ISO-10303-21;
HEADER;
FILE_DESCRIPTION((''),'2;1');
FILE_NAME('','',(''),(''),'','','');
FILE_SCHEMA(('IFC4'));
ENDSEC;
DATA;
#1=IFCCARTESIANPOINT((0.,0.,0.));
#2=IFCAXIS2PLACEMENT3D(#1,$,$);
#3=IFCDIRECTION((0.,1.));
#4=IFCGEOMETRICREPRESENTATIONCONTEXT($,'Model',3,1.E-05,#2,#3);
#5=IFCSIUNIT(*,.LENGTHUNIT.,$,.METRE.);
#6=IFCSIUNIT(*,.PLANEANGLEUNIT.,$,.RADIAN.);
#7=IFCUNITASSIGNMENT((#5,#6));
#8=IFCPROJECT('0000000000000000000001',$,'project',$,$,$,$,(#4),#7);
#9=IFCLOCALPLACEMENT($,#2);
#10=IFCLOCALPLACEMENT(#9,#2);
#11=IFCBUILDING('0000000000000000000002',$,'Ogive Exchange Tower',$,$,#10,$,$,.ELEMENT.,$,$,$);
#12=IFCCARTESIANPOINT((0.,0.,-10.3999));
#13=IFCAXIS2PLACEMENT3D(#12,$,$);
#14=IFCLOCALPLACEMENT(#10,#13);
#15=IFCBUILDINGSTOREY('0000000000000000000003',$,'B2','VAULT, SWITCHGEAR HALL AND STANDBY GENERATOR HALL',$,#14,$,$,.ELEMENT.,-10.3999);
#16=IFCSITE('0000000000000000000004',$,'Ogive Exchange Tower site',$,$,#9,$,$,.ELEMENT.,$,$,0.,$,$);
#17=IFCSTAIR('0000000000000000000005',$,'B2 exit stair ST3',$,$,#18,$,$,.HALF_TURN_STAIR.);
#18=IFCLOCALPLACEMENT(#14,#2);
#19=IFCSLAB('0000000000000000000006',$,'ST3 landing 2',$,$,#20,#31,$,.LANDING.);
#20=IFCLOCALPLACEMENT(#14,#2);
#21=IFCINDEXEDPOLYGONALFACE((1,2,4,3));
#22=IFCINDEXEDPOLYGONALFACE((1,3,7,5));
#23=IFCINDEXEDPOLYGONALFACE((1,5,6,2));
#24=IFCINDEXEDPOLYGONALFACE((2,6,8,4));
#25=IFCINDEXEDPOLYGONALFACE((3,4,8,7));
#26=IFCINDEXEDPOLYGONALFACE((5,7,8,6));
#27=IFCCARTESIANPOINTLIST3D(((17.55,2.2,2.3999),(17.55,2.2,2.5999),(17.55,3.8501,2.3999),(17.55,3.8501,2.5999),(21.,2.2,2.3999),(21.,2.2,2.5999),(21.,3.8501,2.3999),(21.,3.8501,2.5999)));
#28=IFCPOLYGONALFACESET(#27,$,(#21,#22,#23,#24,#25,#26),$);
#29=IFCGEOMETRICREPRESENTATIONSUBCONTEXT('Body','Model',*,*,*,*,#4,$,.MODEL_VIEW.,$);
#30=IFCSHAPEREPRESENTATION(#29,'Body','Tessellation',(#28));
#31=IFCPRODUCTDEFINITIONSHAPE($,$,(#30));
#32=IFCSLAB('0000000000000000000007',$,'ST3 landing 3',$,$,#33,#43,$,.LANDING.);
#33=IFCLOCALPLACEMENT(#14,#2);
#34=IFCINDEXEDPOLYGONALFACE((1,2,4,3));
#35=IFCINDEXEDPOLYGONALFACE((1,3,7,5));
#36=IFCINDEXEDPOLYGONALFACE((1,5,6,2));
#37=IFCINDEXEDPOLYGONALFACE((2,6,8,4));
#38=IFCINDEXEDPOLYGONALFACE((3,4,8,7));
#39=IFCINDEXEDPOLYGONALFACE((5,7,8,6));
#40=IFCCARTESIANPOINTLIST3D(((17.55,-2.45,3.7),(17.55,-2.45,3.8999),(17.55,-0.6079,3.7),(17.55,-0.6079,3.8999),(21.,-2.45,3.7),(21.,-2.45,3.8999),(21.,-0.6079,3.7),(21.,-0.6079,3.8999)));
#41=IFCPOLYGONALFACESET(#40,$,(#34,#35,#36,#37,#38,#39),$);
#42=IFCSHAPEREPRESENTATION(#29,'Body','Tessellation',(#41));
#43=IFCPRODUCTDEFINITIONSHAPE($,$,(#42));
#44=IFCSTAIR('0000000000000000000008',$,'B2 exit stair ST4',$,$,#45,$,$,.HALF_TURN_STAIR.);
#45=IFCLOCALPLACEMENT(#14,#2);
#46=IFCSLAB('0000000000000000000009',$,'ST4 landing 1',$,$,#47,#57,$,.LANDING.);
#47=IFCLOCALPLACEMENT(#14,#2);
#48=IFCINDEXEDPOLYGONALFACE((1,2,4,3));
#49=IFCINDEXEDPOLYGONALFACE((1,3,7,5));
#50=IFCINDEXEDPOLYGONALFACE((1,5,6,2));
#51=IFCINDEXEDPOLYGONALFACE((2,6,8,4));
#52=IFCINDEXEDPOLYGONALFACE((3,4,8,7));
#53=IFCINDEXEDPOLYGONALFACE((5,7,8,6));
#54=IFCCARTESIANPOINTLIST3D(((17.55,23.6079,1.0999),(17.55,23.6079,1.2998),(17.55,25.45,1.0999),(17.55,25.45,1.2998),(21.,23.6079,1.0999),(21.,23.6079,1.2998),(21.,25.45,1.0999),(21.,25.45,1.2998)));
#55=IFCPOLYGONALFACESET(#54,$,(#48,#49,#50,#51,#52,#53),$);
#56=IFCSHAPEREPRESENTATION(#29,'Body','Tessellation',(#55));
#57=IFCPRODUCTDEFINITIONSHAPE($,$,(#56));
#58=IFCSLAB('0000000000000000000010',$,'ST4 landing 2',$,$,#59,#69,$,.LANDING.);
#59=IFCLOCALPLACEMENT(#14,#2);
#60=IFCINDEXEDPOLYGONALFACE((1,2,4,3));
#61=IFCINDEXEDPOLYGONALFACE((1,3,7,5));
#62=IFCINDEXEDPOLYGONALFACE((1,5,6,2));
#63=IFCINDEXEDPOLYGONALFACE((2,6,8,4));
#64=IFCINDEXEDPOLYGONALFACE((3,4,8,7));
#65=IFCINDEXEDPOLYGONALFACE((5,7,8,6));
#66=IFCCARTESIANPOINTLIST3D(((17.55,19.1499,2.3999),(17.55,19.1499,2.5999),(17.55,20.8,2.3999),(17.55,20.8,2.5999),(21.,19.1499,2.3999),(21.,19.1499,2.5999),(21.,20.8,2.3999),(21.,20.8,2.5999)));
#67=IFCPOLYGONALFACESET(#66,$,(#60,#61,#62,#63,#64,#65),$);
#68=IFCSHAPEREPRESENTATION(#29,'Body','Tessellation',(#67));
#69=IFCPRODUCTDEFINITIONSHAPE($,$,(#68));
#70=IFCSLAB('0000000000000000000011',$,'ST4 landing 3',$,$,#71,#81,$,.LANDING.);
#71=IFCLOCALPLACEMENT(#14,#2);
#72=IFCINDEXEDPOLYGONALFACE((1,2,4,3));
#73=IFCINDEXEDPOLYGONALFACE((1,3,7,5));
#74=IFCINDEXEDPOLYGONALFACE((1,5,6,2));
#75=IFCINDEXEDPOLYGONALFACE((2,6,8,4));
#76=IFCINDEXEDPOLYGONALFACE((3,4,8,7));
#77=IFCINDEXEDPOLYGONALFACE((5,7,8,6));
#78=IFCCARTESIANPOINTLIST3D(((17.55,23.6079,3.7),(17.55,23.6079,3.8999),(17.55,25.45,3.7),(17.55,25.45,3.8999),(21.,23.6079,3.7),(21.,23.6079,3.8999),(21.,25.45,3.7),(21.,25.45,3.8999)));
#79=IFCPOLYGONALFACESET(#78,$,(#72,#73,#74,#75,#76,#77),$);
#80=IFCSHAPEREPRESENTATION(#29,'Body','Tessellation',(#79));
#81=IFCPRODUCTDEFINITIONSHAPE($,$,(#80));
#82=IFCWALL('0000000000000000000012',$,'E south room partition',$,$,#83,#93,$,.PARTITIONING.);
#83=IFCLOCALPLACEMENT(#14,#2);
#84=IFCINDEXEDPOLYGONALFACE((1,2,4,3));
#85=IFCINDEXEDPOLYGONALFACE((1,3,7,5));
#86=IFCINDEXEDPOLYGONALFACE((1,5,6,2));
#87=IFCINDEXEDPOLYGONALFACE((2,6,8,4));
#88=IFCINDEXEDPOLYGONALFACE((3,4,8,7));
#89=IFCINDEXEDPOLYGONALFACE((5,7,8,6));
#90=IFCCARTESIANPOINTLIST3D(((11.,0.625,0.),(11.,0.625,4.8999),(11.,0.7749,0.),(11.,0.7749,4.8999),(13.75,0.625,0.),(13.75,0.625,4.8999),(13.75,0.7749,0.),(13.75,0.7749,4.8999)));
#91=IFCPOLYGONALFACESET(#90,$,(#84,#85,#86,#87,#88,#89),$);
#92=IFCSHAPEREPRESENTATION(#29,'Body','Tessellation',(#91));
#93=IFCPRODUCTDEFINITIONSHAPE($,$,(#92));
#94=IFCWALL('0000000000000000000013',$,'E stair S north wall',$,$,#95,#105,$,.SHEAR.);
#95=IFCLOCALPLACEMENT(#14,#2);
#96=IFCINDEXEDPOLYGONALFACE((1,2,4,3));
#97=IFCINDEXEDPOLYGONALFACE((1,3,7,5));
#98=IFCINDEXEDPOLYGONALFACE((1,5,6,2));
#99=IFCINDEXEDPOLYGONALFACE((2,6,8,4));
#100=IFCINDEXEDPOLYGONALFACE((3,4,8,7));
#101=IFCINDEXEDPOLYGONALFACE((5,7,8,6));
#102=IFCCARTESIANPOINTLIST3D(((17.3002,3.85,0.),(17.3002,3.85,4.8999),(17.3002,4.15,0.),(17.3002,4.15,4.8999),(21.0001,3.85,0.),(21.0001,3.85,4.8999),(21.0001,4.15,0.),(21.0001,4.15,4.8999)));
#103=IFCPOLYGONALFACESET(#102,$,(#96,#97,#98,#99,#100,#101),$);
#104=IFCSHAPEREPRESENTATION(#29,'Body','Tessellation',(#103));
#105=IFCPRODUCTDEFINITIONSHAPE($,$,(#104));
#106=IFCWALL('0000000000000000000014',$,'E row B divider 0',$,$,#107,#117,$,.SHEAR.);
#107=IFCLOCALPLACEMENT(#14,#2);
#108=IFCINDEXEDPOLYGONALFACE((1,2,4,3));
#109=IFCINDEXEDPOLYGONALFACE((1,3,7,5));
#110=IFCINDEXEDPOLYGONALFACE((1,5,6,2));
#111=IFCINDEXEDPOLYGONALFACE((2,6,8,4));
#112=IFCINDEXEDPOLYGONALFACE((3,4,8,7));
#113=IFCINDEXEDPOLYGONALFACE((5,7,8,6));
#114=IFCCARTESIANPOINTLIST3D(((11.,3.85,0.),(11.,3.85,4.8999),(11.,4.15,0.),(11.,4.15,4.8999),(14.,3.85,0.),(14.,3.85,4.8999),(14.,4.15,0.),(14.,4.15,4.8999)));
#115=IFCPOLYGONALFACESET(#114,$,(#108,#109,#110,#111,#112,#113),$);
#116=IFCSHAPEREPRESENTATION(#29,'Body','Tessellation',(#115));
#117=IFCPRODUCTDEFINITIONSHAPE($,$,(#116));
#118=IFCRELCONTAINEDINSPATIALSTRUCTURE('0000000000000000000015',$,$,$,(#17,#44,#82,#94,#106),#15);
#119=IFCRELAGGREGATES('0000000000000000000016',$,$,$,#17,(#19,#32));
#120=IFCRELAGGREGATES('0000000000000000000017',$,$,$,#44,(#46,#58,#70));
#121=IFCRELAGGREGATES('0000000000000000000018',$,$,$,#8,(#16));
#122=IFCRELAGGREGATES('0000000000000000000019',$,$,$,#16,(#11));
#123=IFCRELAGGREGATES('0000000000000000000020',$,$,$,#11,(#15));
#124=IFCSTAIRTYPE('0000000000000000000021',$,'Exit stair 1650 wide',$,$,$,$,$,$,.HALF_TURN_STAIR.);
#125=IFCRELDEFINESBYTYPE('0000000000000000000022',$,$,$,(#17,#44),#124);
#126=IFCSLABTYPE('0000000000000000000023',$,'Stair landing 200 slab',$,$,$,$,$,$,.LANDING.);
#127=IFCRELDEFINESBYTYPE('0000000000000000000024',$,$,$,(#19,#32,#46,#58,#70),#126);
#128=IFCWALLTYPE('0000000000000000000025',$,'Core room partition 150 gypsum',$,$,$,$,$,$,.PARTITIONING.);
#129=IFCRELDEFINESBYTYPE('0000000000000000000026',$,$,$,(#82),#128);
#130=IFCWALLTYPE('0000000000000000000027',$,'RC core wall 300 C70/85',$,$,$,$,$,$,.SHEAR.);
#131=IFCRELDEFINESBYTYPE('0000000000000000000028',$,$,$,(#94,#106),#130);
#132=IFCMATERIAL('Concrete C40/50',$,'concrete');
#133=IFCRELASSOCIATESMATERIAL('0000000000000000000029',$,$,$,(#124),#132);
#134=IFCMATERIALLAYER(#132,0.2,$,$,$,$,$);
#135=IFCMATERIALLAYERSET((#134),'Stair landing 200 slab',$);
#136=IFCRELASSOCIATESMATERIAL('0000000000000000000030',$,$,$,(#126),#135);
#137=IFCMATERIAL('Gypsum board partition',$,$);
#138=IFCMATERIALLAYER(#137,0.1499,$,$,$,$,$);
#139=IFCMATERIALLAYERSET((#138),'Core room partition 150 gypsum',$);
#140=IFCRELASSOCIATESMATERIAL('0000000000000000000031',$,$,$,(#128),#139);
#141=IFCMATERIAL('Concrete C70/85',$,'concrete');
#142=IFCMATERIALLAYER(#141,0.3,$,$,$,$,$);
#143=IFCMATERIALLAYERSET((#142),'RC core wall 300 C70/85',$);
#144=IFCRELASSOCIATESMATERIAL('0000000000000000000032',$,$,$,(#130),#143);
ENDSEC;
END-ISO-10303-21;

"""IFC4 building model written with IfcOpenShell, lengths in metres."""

from ifc_helpers import new_model, si_unit, direction, frame, frame_2d, origin, place, context, subcontext, project, spatial, polyline, rectangle, outline, extrude, material, layer, layer_set, type_object, element, aggregate, save


model = new_model("IFC4")

# Units and contexts
model_context = context("Model", 3, precision=1e-05, world=origin(), true_north=direction((0.0, 1.0)))
body_context = subcontext(model_context, "Body", "Model", "MODEL_VIEW")
ifc_project = project(units=[si_unit("LENGTHUNIT", "METRE"), si_unit("PLANEANGLEUNIT", "RADIAN")], contexts=[model_context])

# Site, building, storey
site_placement = place(None, origin())
site = spatial("IfcSite", under=ifc_project, at=site_placement, Name="Ogive Exchange Tower site", CompositionType="ELEMENT", RefElevation=0.0)
building_placement = place(site_placement, origin())
building = spatial("IfcBuilding", under=site, at=building_placement, Name="Ogive Exchange Tower", CompositionType="ELEMENT")
storey_placement = place(building_placement, frame((0.0, 0.0, -10.3999)))
storey = spatial("IfcBuildingStorey", under=building, at=storey_placement, Name="B2", Description="VAULT, SWITCHGEAR HALL AND STANDBY GENERATOR HALL", CompositionType="ELEMENT", Elevation=-10.3999)

# Shared definitions
ifc_material_1 = material(Name="Concrete C70/85", Category="concrete")

# Stairs, slabs
ifc_material_2 = material(Name="Concrete C40/50", Category="concrete")
stair_type = type_object("IfcStairType", Name="Exit stair 1650 wide", PredefinedType="HALF_TURN_STAIR", material=ifc_material_2)
ifc_layer_1 = layer(ifc_material_2, 0.2)
ifc_layer_set_1 = layer_set([ifc_layer_1], Name="Stair landing 200 slab")
slab_type_1 = type_object("IfcSlabType", Name="Stair landing 200 slab", PredefinedType="LANDING", material=ifc_layer_set_1)
stair_1_placement = place(storey_placement, origin())
stair_1 = element("IfcStair", 1, at=stair_1_placement, inside=storey, type_object=stair_type, Name="B2 exit stair ST3", PredefinedType="HALF_TURN_STAIR")
slab_1_placement = place(storey_placement, frame((0.0, 0.0, 2.3999)))
slab_1 = element("IfcSlab", 2, at=slab_1_placement, type_object=slab_type_1, Name="ST3 landing 2", PredefinedType="LANDING", context=body_context, shape_type="SweptSolid", body=[
    extrude(outline(polyline([(17.55, 3.8501), (17.55, 2.2), (21.0, 2.2), (21.0, 3.8501), (17.55, 3.8501)])), origin(), (0.0, 0.0, 1.0), 0.2),
])
slab_2_placement = place(storey_placement, frame((0.0, 0.0, 3.7)))
slab_2 = element("IfcSlab", 3, at=slab_2_placement, type_object=slab_type_1, Name="ST3 landing 3", PredefinedType="LANDING", context=body_context, shape_type="SweptSolid", body=[
    extrude(outline(polyline([(17.55, -0.6079), (17.55, -2.45), (21.0, -2.45), (21.0, -0.6079), (17.55, -0.6079)])), origin(), (0.0, 0.0, 1.0), 0.2),
])
aggregate(stair_1, [slab_1, slab_2])
stair_2_placement = place(storey_placement, origin())
stair_2 = element("IfcStair", 4, at=stair_2_placement, inside=storey, type_object=stair_type, Name="B2 exit stair ST4", PredefinedType="HALF_TURN_STAIR")
slab_3_placement = place(storey_placement, frame((0.0, 0.0, 1.0999)))
slab_3 = element("IfcSlab", 5, at=slab_3_placement, type_object=slab_type_1, Name="ST4 landing 1", PredefinedType="LANDING", context=body_context, shape_type="SweptSolid", body=[
    extrude(outline(polyline([(21.0, 23.6079), (21.0, 25.45), (17.55, 25.45), (17.55, 23.6079), (21.0, 23.6079)])), origin(), (0.0, 0.0, 1.0), 0.2),
])
slab_4_placement = place(storey_placement, frame((0.0, 0.0, 2.3999)))
slab_4 = element("IfcSlab", 6, at=slab_4_placement, type_object=slab_type_1, Name="ST4 landing 2", PredefinedType="LANDING", context=body_context, shape_type="SweptSolid", body=[
    extrude(outline(polyline([(21.0, 19.1499), (21.0, 20.8), (17.55, 20.8), (17.55, 19.1499), (21.0, 19.1499)])), origin(), (0.0, 0.0, 1.0), 0.2),
])
slab_5_placement = place(storey_placement, frame((0.0, 0.0, 3.7)))
slab_5 = element("IfcSlab", 7, at=slab_5_placement, type_object=slab_type_1, Name="ST4 landing 3", PredefinedType="LANDING", context=body_context, shape_type="SweptSolid", body=[
    extrude(outline(polyline([(21.0, 23.6079), (21.0, 25.45), (17.55, 25.45), (17.55, 23.6079), (21.0, 23.6079)])), origin(), (0.0, 0.0, 1.0), 0.2),
])
aggregate(stair_2, [slab_3, slab_4, slab_5])

# Walls
ifc_material_3 = material(Name="Gypsum board partition")
ifc_layer_2 = layer(ifc_material_3, 0.1499)
ifc_layer_set_2 = layer_set([ifc_layer_2], Name="Core room partition 150 gypsum")
wall_type_1 = type_object("IfcWallType", Name="Core room partition 150 gypsum", PredefinedType="PARTITIONING", material=ifc_layer_set_2)
wall_1_placement = place(storey_placement, frame((11.0, 0.7, 0.0), z_axis=(0.0, 0.0, 1.0), x_axis=(1.0, 0.0, 0.0)))
element("IfcWall", 8, at=wall_1_placement, inside=storey, type_object=wall_type_1, Name="E south room partition", PredefinedType="PARTITIONING", context=body_context, shape_type="SweptSolid", body=[
    extrude(rectangle(XDim=2.75, YDim=0.1499, at=frame_2d((1.375, 0.0))), origin(), (0.0, 0.0, 1.0), 4.8999),
])
ifc_layer_3 = layer(ifc_material_1, 0.3)
ifc_layer_set_3 = layer_set([ifc_layer_3], Name="RC core wall 300 C70/85")
wall_type_2 = type_object("IfcWallType", Name="RC core wall 300 C70/85", PredefinedType="SHEAR", material=ifc_layer_set_3)
wall_2_placement = place(storey_placement, frame((17.3, 4.0, 0.0), z_axis=(0.0, 0.0, 1.0), x_axis=(1.0, 0.0, 0.0)))
element("IfcWall", 9, at=wall_2_placement, inside=storey, type_object=wall_type_2, Name="E stair S north wall", PredefinedType="SHEAR", context=body_context, shape_type="SweptSolid", body=[
    extrude(rectangle(XDim=3.7, YDim=0.3, at=frame_2d((1.8501, 0.0))), origin(), (0.0, 0.0, 1.0), 4.8999),
])
wall_3_placement = place(storey_placement, frame((11.0, 4.0, 0.0), z_axis=(0.0, 0.0, 1.0), x_axis=(1.0, 0.0, 0.0)))
element("IfcWall", 10, at=wall_3_placement, inside=storey, type_object=wall_type_2, Name="E row B divider 0", PredefinedType="SHEAR", context=body_context, shape_type="SweptSolid", body=[
    extrude(rectangle(XDim=3.0, YDim=0.3, at=frame_2d((1.5, 0.0))), origin(), (0.0, 0.0, 1.0), 4.8999),
])

save(model, "model.ifc")
